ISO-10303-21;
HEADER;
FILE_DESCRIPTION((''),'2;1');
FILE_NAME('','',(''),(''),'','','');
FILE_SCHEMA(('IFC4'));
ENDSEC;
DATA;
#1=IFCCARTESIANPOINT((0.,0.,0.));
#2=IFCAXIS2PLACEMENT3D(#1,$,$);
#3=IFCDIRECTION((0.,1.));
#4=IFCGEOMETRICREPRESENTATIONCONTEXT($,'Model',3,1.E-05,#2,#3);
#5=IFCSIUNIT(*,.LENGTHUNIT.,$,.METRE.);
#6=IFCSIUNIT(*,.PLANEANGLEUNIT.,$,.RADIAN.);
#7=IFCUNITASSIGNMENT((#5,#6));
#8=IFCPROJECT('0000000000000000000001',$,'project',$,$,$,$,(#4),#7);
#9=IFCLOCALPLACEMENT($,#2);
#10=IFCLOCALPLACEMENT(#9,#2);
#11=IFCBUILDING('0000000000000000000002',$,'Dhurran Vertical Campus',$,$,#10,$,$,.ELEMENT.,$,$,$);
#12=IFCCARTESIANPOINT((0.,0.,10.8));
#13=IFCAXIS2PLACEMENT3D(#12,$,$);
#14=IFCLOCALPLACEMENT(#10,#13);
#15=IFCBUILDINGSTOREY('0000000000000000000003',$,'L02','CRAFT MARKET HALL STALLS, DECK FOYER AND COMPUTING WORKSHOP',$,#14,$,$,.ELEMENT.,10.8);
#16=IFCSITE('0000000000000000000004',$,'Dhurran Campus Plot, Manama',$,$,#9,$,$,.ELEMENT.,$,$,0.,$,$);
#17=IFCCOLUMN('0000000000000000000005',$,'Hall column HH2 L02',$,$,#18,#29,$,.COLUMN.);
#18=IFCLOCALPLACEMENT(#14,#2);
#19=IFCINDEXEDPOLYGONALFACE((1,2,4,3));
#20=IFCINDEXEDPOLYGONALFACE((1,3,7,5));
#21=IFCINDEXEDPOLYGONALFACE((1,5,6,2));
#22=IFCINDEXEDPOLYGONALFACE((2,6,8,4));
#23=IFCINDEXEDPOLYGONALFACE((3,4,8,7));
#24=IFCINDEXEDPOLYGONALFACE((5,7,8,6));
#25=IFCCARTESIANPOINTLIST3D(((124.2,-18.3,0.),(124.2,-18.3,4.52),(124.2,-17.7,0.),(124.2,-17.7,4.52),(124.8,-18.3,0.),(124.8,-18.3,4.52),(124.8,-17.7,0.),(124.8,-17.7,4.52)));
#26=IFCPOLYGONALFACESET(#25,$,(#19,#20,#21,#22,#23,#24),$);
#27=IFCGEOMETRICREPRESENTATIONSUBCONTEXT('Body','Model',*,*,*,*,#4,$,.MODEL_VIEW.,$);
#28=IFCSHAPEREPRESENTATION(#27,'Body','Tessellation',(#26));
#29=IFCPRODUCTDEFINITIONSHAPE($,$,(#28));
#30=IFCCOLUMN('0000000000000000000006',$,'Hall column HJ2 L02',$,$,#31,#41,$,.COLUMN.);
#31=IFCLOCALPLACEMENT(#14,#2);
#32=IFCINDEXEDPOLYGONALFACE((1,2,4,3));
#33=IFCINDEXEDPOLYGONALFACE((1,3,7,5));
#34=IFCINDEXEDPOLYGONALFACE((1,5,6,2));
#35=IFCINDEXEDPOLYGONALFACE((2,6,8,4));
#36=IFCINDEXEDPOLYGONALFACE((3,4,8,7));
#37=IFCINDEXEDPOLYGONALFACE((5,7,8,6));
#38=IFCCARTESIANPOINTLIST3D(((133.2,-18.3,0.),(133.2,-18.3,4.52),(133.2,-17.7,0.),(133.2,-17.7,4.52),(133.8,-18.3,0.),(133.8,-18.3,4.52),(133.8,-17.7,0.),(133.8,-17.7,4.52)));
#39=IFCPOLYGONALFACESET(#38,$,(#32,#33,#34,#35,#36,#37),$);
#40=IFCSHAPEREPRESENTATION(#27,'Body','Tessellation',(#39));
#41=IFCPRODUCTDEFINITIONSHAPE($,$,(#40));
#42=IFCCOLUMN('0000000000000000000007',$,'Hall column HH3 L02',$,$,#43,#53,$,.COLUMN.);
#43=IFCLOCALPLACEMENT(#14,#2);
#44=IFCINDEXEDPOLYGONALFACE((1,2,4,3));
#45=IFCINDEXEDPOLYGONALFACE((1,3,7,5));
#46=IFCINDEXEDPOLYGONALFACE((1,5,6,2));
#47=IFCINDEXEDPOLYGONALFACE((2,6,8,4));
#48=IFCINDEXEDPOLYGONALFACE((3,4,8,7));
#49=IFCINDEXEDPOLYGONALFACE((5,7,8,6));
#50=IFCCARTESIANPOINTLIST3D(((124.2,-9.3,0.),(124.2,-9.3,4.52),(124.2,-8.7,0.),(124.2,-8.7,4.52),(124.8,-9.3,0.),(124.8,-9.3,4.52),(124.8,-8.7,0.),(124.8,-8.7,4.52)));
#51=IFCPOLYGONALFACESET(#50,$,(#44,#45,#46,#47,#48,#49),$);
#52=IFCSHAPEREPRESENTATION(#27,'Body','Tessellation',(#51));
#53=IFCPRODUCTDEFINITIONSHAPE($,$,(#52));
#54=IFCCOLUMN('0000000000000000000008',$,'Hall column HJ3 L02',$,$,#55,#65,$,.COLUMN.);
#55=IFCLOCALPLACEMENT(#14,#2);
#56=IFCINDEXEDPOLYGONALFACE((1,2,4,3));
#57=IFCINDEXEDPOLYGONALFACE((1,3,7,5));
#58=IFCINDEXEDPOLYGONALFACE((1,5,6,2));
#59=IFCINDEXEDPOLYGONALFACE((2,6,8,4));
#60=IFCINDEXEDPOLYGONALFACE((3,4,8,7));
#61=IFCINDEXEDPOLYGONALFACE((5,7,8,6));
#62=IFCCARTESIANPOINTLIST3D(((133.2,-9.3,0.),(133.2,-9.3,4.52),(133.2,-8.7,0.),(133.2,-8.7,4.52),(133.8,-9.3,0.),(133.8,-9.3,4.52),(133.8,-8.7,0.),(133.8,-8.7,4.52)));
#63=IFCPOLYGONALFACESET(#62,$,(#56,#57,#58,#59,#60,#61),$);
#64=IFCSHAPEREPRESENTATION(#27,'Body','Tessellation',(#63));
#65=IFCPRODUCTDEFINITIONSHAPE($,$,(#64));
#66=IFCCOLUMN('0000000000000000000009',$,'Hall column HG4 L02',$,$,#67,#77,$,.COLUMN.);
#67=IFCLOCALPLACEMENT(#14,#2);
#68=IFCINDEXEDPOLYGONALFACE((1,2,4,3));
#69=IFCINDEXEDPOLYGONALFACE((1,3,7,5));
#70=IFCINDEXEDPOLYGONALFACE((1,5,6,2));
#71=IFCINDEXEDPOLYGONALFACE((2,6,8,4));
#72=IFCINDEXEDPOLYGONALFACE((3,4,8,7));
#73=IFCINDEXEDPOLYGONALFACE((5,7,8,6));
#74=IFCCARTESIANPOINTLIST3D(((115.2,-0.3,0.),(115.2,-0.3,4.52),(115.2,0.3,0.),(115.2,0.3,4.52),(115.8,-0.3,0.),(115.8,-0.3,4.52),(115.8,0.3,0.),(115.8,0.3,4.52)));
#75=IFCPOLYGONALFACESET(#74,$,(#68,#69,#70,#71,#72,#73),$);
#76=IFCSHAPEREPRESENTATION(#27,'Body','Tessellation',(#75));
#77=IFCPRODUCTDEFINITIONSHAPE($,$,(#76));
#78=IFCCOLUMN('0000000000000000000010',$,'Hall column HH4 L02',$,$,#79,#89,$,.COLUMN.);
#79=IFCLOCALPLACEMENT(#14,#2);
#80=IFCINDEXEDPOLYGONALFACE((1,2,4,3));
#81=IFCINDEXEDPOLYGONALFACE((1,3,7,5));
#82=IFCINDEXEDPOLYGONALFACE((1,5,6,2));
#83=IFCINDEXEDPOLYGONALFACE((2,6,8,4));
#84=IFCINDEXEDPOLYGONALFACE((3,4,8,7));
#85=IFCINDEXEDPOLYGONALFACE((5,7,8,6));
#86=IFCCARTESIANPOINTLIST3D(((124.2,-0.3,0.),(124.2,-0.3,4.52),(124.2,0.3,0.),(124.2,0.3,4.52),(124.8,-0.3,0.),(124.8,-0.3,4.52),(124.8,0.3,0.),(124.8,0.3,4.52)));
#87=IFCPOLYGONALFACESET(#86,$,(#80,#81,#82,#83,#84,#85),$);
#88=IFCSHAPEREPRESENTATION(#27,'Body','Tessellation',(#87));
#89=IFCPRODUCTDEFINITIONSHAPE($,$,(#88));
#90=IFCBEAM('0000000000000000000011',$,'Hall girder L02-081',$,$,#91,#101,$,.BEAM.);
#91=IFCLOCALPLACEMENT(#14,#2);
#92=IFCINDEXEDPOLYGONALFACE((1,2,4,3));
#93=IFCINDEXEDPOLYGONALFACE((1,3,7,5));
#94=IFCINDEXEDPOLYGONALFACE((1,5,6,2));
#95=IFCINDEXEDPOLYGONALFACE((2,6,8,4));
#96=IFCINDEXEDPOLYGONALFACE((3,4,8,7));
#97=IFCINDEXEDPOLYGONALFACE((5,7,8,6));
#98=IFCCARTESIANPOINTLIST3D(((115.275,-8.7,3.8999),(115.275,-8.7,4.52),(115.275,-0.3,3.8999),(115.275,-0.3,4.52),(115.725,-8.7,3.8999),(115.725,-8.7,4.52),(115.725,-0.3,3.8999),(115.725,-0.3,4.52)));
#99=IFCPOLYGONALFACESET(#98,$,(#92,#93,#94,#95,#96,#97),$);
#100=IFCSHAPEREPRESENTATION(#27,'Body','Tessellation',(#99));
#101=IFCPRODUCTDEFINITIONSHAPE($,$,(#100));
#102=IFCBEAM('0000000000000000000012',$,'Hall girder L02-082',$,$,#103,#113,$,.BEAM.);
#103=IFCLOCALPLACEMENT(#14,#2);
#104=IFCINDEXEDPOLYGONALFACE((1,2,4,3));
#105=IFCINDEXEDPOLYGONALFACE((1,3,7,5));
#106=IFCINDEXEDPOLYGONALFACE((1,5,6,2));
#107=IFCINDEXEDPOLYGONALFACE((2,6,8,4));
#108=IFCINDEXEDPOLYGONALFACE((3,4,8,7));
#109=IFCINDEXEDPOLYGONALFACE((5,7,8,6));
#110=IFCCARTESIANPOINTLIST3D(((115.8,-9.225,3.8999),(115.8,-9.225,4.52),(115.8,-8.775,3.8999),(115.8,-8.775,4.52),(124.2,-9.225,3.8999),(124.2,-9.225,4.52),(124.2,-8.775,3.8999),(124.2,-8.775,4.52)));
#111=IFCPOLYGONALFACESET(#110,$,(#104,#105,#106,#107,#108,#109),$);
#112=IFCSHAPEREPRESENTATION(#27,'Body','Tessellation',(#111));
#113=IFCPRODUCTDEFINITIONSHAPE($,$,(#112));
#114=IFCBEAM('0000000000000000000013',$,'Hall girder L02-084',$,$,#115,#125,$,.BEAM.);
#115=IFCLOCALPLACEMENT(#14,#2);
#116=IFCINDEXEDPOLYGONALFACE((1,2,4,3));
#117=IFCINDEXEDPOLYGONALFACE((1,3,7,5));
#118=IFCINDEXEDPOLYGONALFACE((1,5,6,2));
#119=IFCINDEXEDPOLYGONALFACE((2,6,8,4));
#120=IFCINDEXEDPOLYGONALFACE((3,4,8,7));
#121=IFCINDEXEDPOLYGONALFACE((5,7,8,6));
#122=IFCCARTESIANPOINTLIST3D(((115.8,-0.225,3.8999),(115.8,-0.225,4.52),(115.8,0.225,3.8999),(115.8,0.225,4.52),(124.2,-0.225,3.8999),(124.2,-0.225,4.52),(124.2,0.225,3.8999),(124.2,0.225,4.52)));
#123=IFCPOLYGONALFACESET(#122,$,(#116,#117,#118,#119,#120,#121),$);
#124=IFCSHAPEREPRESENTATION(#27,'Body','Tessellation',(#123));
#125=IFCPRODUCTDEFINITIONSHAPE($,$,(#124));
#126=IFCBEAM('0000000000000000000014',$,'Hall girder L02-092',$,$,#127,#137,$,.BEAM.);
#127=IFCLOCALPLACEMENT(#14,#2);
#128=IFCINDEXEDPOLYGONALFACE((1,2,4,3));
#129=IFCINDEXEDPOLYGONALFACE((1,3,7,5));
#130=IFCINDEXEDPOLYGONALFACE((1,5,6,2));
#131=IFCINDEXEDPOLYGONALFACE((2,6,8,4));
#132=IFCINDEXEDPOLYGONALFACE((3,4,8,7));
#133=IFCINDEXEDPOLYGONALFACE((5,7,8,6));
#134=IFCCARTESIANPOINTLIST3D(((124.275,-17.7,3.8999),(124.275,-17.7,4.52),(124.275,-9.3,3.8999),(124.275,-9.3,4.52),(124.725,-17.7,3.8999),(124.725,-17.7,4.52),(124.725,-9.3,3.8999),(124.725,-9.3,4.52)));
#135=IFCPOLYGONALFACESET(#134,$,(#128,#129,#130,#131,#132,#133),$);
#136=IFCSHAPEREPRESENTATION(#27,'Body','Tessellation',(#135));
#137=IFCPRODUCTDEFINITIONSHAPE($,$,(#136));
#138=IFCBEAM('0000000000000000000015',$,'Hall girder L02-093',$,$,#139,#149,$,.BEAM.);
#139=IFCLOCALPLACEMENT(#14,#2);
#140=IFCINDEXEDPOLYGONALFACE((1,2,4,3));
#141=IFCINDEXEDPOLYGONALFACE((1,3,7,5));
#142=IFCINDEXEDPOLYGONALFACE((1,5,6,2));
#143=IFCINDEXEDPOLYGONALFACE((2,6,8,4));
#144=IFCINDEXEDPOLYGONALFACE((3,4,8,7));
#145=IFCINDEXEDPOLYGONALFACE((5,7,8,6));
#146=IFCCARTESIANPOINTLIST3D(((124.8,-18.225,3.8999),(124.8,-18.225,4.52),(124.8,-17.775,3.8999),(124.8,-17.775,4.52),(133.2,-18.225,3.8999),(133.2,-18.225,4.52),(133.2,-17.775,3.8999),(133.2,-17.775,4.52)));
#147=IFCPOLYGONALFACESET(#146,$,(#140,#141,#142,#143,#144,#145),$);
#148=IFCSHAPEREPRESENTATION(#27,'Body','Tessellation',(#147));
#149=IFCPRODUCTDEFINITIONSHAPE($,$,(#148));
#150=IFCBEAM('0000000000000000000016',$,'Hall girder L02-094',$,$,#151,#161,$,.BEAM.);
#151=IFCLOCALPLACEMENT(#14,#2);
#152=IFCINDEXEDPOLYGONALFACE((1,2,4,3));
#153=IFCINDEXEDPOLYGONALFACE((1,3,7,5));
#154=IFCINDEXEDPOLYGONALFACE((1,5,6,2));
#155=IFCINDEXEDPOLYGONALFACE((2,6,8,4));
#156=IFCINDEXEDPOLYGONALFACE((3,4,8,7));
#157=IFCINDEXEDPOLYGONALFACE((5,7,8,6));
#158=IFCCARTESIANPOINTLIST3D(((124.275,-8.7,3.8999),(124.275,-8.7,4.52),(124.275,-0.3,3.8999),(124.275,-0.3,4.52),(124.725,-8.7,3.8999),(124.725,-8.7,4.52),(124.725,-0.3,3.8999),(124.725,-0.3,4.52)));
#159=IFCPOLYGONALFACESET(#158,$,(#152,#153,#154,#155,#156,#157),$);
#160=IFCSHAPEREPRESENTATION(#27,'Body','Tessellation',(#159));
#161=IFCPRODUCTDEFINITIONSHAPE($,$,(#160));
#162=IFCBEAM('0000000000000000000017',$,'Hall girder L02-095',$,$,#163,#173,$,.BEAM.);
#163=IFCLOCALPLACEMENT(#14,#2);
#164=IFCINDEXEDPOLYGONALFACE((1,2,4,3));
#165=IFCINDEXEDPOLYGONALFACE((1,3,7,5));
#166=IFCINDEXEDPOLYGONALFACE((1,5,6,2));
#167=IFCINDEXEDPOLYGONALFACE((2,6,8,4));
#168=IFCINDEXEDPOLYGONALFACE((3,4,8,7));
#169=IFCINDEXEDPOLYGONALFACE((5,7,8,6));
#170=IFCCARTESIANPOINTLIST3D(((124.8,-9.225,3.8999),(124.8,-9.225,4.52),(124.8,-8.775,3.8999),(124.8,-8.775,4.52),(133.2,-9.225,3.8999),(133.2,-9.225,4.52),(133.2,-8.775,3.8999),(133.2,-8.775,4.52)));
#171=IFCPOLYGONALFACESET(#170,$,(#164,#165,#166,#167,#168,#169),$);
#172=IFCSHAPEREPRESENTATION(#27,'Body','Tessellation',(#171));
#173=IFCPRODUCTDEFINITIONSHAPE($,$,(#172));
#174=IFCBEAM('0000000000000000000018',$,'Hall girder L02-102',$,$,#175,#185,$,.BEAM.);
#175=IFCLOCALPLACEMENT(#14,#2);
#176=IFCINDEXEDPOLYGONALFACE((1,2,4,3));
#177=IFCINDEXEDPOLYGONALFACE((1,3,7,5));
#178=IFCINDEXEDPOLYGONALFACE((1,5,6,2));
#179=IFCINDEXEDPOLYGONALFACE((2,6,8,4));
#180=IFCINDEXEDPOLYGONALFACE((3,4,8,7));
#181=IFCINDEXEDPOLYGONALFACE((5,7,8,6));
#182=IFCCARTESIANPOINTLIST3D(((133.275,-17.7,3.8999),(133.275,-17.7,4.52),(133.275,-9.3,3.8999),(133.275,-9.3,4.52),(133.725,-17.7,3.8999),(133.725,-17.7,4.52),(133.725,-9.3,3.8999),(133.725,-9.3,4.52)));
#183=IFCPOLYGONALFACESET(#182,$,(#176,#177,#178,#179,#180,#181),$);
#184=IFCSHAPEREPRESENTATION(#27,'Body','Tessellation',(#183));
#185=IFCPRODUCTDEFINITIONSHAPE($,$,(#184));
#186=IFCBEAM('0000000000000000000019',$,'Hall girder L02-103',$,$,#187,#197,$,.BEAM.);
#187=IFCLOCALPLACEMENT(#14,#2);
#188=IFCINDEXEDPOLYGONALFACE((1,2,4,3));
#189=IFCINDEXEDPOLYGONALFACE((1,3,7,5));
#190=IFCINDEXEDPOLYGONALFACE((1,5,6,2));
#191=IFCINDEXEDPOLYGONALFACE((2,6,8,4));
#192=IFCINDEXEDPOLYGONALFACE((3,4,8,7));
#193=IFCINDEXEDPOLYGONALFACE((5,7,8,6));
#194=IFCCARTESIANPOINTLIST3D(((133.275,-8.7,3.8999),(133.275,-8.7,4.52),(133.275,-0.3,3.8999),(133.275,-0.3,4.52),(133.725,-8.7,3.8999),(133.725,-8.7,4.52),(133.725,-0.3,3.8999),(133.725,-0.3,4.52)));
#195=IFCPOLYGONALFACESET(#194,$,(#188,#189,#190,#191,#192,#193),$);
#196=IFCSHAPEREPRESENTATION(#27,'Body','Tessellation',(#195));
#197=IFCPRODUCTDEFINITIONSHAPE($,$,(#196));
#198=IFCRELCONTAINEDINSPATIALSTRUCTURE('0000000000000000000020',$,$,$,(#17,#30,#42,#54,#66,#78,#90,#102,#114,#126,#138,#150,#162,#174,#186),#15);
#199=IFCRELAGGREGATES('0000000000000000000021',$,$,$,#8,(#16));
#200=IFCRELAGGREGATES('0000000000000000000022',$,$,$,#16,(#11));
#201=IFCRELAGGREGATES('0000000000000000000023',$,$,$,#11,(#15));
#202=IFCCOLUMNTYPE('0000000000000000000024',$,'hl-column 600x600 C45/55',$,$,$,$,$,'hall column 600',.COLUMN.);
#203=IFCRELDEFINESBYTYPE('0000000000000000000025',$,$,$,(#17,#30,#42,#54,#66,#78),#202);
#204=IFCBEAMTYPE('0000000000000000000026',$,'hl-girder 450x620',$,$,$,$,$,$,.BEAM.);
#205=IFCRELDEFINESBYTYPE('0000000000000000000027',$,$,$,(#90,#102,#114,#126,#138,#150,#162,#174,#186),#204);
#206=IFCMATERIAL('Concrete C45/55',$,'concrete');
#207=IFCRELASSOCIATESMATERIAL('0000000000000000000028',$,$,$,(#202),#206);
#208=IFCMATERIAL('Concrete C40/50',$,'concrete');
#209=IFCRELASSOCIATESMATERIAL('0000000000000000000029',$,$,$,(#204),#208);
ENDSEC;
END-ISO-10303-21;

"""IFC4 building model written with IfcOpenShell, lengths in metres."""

from ifc_helpers import new_model, si_unit, direction, frame, origin, origin_2d, place, context, subcontext, project, spatial, rectangle, extrude, material, material_profile, profile_set, type_object, element, save


model = new_model("IFC4")

# Units and contexts
model_context = context("Model", 3, precision=1e-05, world=origin(), true_north=direction((0.0, 1.0)))
body_context = subcontext(model_context, "Body", "Model", "MODEL_VIEW")
ifc_project = project(units=[si_unit("LENGTHUNIT", "METRE"), si_unit("PLANEANGLEUNIT", "RADIAN")], contexts=[model_context])

# Site, building, storey
site_placement = place(None, origin())
site = spatial("IfcSite", under=ifc_project, at=site_placement, Name="Dhurran Campus Plot, Manama", CompositionType="ELEMENT", RefElevation=0.0)
building_placement = place(site_placement, origin())
building = spatial("IfcBuilding", under=site, at=building_placement, Name="Dhurran Vertical Campus", CompositionType="ELEMENT")
storey_placement = place(building_placement, frame((0.0, 0.0, 10.8)))
storey = spatial("IfcBuildingStorey", under=building, at=storey_placement, Name="L02", Description="CRAFT MARKET HALL STALLS, DECK FOYER AND COMPUTING WORKSHOP", CompositionType="ELEMENT", Elevation=10.8)

# Columns
ifc_material_1 = material(Name="Concrete C45/55", Category="concrete")
ifc_material_profile_1 = material_profile(ifc_material_1, rectangle(XDim=0.6001, YDim=0.6001, at=origin_2d()), Name="hl-column 600x600 C45/55")
ifc_profile_set_1 = profile_set([ifc_material_profile_1], Name="Concrete C45/55")
column_type = type_object("IfcColumnType", Name="hl-column 600x600 C45/55", ElementType="hall column 600", PredefinedType="COLUMN", material=ifc_profile_set_1)
for number, where, z_axis, x_axis, name in (
    (1, (124.5, -18.0, 0.0), (0.0, 0.0, 1.0), (1.0, 0.0, 0.0), "Hall column HH2 L02"),
    (2, (133.5, -18.0, 0.0), (0.0, 0.0, 1.0), (1.0, 0.0, 0.0), "Hall column HJ2 L02"),
    (3, (124.5, -9.0, 0.0), (0.0, 0.0, 1.0), (1.0, 0.0, 0.0), "Hall column HH3 L02"),
    (4, (133.5, -9.0, 0.0), (0.0, 0.0, 1.0), (1.0, 0.0, 0.0), "Hall column HJ3 L02"),
    (5, (115.5, 0.0, 0.0), (0.0, 0.0, 1.0), (1.0, 0.0, 0.0), "Hall column HG4 L02"),
    (6, (124.5, 0.0, 0.0), (0.0, 0.0, 1.0), (1.0, 0.0, 0.0), "Hall column HH4 L02"),
):
    element("IfcColumn", number, at=place(storey_placement, frame(where, z_axis=z_axis, x_axis=x_axis)), inside=storey, type_object=column_type, Name=name, PredefinedType="COLUMN", context=body_context, shape_type="SweptSolid", body=[
        extrude(rectangle(XDim=0.6001, YDim=0.6001, at=origin_2d()), origin(), (0.0, 0.0, 1.0), 4.52),
    ])

# Beams
ifc_material_2 = material(Name="Concrete C40/50", Category="concrete")
ifc_material_profile_2 = material_profile(ifc_material_2, rectangle(XDim=0.45, YDim=0.6201, at=origin_2d()), Name="hl-girder 450x620")
ifc_profile_set_2 = profile_set([ifc_material_profile_2], Name="Concrete C40/50")
beam_type = type_object("IfcBeamType", Name="hl-girder 450x620", PredefinedType="BEAM", material=ifc_profile_set_2)
for number, where, z_axis, x_axis, name in (
    (7, (115.5, -8.7, 4.21), (0.0, 1.0, 0.0), (-1.0, 0.0, 0.0), "Hall girder L02-081"),
    (8, (115.8, -9.0, 4.21), (1.0, 0.0, 0.0), (0.0, 1.0, 0.0), "Hall girder L02-082"),
    (9, (115.8, 0.0, 4.21), (1.0, 0.0, 0.0), (0.0, 1.0, 0.0), "Hall girder L02-084"),
    (10, (124.5, -17.7, 4.21), (0.0, 1.0, 0.0), (-1.0, 0.0, 0.0), "Hall girder L02-092"),
    (11, (124.8, -18.0, 4.21), (1.0, 0.0, 0.0), (0.0, 1.0, 0.0), "Hall girder L02-093"),
    (12, (124.5, -8.7, 4.21), (0.0, 1.0, 0.0), (-1.0, 0.0, 0.0), "Hall girder L02-094"),
    (13, (124.8, -9.0, 4.21), (1.0, 0.0, 0.0), (0.0, 1.0, 0.0), "Hall girder L02-095"),
    (14, (133.5, -17.7, 4.21), (0.0, 1.0, 0.0), (-1.0, 0.0, 0.0), "Hall girder L02-102"),
    (15, (133.5, -8.7, 4.21), (0.0, 1.0, 0.0), (-1.0, 0.0, 0.0), "Hall girder L02-103"),
):
    element("IfcBeam", number, at=place(storey_placement, frame(where, z_axis=z_axis, x_axis=x_axis)), inside=storey, type_object=beam_type, Name=name, PredefinedType="BEAM", context=body_context, shape_type="SweptSolid", body=[
        extrude(rectangle(XDim=0.45, YDim=0.6201, at=origin_2d()), origin(), (0.0, 0.0, 1.0), 8.3999),
    ])

save(model, "model.ifc")
